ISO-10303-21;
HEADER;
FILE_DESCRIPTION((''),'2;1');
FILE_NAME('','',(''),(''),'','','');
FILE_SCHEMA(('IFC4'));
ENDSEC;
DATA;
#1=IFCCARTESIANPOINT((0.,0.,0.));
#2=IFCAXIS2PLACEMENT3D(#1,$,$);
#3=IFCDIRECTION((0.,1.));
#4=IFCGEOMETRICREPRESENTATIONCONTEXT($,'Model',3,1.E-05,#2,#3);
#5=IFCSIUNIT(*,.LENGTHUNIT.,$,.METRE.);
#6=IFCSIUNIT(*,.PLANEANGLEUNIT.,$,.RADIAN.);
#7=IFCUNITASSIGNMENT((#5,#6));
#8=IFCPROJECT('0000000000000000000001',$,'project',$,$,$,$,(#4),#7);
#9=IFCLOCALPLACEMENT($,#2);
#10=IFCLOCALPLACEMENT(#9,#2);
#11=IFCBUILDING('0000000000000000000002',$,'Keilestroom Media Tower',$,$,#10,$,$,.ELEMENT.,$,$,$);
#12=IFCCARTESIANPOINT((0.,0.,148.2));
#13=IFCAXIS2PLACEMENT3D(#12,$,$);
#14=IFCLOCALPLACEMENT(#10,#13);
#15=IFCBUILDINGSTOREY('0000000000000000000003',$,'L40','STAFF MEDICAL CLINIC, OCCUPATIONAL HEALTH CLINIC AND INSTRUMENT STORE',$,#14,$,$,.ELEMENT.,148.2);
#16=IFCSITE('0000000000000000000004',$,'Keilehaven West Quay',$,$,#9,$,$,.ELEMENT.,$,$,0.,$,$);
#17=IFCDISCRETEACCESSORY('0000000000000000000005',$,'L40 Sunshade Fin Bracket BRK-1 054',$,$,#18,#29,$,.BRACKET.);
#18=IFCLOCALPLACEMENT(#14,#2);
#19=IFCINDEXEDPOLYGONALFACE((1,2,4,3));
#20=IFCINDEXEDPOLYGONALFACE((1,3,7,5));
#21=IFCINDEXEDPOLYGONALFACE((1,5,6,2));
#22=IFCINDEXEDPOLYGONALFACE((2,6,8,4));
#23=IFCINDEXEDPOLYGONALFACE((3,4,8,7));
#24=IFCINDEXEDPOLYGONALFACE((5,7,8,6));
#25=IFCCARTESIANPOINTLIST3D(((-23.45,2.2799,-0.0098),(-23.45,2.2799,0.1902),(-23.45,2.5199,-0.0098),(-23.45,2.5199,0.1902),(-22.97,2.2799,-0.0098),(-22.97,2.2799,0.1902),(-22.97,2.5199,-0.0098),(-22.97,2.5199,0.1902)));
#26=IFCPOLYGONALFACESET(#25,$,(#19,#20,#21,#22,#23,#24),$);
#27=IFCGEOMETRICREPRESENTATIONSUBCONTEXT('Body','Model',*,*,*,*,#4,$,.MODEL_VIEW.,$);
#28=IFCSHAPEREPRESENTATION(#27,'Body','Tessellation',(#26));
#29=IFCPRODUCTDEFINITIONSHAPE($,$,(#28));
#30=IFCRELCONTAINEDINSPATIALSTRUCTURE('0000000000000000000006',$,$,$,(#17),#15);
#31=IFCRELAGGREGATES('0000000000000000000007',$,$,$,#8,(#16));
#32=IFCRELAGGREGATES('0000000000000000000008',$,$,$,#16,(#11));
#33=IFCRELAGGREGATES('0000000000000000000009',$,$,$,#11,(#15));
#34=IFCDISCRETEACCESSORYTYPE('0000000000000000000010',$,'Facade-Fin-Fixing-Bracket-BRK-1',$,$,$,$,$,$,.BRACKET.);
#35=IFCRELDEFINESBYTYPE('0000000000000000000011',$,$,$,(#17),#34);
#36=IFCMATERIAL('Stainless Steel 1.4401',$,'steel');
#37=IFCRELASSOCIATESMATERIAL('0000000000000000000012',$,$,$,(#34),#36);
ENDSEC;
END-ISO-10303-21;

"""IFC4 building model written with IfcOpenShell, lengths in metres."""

from ifc_helpers import new_model, si_unit, direction, frame, origin, origin_2d, place, context, subcontext, project, spatial, rectangle, extrude, source, transform, mapped, material, type_object, element, save


model = new_model("IFC4")

# Units and contexts
model_context = context("Model", 3, precision=1e-05, world=origin(), true_north=direction((0.0, 1.0)))
body_context = subcontext(model_context, "Body", "Model", "MODEL_VIEW")
ifc_project = project(units=[si_unit("LENGTHUNIT", "METRE"), si_unit("PLANEANGLEUNIT", "RADIAN")], contexts=[model_context])

# Site, building, storey
site_placement = place(None, origin())
site = spatial("IfcSite", under=ifc_project, at=site_placement, Name="Keilehaven West Quay", CompositionType="ELEMENT", RefElevation=0.0)
building_placement = place(site_placement, origin())
building = spatial("IfcBuilding", under=site, at=building_placement, Name="Keilestroom Media Tower", CompositionType="ELEMENT")
storey_placement = place(building_placement, frame((0.0, 0.0, 148.2)))
storey = spatial("IfcBuildingStorey", under=building, at=storey_placement, Name="L40", Description="STAFF MEDICAL CLINIC, OCCUPATIONAL HEALTH CLINIC AND INSTRUMENT STORE", CompositionType="ELEMENT", Elevation=148.2)

# Discrete accessory
ifc_material_1 = material(Name="Stainless Steel 1.4401", Category="steel")
discrete_accessory_type = type_object("IfcDiscreteAccessoryType", Name="Facade-Fin-Fixing-Bracket-BRK-1", PredefinedType="BRACKET", material=ifc_material_1)
shared_shape_1 = source(origin(), body_context, "Body", "SweptSolid", [
    extrude(rectangle(XDim=0.48, YDim=0.24, at=origin_2d()), origin(), (0.0, 0.0, 1.0), 0.2),
])
discrete_accessory_placement = place(storey_placement, frame((-23.21, 2.3999, -0.0098), z_axis=(0.0, 0.0, 1.0), x_axis=(1.0, 0.0, 0.0)))
element("IfcDiscreteAccessory", 1, at=discrete_accessory_placement, inside=storey, type_object=discrete_accessory_type, Name="L40 Sunshade Fin Bracket BRK-1 054", PredefinedType="BRACKET", context=body_context, shape_type="MappedRepresentation", body=[
    mapped(shared_shape_1, transform((0.0, 0.0, 0.0), x_axis=(1.0, 0.0, 0.0), y_axis=(0.0, 1.0, 0.0), z_axis=(0.0, 0.0, 1.0), scale=1.0)),
])

save(model, "model.ifc")
